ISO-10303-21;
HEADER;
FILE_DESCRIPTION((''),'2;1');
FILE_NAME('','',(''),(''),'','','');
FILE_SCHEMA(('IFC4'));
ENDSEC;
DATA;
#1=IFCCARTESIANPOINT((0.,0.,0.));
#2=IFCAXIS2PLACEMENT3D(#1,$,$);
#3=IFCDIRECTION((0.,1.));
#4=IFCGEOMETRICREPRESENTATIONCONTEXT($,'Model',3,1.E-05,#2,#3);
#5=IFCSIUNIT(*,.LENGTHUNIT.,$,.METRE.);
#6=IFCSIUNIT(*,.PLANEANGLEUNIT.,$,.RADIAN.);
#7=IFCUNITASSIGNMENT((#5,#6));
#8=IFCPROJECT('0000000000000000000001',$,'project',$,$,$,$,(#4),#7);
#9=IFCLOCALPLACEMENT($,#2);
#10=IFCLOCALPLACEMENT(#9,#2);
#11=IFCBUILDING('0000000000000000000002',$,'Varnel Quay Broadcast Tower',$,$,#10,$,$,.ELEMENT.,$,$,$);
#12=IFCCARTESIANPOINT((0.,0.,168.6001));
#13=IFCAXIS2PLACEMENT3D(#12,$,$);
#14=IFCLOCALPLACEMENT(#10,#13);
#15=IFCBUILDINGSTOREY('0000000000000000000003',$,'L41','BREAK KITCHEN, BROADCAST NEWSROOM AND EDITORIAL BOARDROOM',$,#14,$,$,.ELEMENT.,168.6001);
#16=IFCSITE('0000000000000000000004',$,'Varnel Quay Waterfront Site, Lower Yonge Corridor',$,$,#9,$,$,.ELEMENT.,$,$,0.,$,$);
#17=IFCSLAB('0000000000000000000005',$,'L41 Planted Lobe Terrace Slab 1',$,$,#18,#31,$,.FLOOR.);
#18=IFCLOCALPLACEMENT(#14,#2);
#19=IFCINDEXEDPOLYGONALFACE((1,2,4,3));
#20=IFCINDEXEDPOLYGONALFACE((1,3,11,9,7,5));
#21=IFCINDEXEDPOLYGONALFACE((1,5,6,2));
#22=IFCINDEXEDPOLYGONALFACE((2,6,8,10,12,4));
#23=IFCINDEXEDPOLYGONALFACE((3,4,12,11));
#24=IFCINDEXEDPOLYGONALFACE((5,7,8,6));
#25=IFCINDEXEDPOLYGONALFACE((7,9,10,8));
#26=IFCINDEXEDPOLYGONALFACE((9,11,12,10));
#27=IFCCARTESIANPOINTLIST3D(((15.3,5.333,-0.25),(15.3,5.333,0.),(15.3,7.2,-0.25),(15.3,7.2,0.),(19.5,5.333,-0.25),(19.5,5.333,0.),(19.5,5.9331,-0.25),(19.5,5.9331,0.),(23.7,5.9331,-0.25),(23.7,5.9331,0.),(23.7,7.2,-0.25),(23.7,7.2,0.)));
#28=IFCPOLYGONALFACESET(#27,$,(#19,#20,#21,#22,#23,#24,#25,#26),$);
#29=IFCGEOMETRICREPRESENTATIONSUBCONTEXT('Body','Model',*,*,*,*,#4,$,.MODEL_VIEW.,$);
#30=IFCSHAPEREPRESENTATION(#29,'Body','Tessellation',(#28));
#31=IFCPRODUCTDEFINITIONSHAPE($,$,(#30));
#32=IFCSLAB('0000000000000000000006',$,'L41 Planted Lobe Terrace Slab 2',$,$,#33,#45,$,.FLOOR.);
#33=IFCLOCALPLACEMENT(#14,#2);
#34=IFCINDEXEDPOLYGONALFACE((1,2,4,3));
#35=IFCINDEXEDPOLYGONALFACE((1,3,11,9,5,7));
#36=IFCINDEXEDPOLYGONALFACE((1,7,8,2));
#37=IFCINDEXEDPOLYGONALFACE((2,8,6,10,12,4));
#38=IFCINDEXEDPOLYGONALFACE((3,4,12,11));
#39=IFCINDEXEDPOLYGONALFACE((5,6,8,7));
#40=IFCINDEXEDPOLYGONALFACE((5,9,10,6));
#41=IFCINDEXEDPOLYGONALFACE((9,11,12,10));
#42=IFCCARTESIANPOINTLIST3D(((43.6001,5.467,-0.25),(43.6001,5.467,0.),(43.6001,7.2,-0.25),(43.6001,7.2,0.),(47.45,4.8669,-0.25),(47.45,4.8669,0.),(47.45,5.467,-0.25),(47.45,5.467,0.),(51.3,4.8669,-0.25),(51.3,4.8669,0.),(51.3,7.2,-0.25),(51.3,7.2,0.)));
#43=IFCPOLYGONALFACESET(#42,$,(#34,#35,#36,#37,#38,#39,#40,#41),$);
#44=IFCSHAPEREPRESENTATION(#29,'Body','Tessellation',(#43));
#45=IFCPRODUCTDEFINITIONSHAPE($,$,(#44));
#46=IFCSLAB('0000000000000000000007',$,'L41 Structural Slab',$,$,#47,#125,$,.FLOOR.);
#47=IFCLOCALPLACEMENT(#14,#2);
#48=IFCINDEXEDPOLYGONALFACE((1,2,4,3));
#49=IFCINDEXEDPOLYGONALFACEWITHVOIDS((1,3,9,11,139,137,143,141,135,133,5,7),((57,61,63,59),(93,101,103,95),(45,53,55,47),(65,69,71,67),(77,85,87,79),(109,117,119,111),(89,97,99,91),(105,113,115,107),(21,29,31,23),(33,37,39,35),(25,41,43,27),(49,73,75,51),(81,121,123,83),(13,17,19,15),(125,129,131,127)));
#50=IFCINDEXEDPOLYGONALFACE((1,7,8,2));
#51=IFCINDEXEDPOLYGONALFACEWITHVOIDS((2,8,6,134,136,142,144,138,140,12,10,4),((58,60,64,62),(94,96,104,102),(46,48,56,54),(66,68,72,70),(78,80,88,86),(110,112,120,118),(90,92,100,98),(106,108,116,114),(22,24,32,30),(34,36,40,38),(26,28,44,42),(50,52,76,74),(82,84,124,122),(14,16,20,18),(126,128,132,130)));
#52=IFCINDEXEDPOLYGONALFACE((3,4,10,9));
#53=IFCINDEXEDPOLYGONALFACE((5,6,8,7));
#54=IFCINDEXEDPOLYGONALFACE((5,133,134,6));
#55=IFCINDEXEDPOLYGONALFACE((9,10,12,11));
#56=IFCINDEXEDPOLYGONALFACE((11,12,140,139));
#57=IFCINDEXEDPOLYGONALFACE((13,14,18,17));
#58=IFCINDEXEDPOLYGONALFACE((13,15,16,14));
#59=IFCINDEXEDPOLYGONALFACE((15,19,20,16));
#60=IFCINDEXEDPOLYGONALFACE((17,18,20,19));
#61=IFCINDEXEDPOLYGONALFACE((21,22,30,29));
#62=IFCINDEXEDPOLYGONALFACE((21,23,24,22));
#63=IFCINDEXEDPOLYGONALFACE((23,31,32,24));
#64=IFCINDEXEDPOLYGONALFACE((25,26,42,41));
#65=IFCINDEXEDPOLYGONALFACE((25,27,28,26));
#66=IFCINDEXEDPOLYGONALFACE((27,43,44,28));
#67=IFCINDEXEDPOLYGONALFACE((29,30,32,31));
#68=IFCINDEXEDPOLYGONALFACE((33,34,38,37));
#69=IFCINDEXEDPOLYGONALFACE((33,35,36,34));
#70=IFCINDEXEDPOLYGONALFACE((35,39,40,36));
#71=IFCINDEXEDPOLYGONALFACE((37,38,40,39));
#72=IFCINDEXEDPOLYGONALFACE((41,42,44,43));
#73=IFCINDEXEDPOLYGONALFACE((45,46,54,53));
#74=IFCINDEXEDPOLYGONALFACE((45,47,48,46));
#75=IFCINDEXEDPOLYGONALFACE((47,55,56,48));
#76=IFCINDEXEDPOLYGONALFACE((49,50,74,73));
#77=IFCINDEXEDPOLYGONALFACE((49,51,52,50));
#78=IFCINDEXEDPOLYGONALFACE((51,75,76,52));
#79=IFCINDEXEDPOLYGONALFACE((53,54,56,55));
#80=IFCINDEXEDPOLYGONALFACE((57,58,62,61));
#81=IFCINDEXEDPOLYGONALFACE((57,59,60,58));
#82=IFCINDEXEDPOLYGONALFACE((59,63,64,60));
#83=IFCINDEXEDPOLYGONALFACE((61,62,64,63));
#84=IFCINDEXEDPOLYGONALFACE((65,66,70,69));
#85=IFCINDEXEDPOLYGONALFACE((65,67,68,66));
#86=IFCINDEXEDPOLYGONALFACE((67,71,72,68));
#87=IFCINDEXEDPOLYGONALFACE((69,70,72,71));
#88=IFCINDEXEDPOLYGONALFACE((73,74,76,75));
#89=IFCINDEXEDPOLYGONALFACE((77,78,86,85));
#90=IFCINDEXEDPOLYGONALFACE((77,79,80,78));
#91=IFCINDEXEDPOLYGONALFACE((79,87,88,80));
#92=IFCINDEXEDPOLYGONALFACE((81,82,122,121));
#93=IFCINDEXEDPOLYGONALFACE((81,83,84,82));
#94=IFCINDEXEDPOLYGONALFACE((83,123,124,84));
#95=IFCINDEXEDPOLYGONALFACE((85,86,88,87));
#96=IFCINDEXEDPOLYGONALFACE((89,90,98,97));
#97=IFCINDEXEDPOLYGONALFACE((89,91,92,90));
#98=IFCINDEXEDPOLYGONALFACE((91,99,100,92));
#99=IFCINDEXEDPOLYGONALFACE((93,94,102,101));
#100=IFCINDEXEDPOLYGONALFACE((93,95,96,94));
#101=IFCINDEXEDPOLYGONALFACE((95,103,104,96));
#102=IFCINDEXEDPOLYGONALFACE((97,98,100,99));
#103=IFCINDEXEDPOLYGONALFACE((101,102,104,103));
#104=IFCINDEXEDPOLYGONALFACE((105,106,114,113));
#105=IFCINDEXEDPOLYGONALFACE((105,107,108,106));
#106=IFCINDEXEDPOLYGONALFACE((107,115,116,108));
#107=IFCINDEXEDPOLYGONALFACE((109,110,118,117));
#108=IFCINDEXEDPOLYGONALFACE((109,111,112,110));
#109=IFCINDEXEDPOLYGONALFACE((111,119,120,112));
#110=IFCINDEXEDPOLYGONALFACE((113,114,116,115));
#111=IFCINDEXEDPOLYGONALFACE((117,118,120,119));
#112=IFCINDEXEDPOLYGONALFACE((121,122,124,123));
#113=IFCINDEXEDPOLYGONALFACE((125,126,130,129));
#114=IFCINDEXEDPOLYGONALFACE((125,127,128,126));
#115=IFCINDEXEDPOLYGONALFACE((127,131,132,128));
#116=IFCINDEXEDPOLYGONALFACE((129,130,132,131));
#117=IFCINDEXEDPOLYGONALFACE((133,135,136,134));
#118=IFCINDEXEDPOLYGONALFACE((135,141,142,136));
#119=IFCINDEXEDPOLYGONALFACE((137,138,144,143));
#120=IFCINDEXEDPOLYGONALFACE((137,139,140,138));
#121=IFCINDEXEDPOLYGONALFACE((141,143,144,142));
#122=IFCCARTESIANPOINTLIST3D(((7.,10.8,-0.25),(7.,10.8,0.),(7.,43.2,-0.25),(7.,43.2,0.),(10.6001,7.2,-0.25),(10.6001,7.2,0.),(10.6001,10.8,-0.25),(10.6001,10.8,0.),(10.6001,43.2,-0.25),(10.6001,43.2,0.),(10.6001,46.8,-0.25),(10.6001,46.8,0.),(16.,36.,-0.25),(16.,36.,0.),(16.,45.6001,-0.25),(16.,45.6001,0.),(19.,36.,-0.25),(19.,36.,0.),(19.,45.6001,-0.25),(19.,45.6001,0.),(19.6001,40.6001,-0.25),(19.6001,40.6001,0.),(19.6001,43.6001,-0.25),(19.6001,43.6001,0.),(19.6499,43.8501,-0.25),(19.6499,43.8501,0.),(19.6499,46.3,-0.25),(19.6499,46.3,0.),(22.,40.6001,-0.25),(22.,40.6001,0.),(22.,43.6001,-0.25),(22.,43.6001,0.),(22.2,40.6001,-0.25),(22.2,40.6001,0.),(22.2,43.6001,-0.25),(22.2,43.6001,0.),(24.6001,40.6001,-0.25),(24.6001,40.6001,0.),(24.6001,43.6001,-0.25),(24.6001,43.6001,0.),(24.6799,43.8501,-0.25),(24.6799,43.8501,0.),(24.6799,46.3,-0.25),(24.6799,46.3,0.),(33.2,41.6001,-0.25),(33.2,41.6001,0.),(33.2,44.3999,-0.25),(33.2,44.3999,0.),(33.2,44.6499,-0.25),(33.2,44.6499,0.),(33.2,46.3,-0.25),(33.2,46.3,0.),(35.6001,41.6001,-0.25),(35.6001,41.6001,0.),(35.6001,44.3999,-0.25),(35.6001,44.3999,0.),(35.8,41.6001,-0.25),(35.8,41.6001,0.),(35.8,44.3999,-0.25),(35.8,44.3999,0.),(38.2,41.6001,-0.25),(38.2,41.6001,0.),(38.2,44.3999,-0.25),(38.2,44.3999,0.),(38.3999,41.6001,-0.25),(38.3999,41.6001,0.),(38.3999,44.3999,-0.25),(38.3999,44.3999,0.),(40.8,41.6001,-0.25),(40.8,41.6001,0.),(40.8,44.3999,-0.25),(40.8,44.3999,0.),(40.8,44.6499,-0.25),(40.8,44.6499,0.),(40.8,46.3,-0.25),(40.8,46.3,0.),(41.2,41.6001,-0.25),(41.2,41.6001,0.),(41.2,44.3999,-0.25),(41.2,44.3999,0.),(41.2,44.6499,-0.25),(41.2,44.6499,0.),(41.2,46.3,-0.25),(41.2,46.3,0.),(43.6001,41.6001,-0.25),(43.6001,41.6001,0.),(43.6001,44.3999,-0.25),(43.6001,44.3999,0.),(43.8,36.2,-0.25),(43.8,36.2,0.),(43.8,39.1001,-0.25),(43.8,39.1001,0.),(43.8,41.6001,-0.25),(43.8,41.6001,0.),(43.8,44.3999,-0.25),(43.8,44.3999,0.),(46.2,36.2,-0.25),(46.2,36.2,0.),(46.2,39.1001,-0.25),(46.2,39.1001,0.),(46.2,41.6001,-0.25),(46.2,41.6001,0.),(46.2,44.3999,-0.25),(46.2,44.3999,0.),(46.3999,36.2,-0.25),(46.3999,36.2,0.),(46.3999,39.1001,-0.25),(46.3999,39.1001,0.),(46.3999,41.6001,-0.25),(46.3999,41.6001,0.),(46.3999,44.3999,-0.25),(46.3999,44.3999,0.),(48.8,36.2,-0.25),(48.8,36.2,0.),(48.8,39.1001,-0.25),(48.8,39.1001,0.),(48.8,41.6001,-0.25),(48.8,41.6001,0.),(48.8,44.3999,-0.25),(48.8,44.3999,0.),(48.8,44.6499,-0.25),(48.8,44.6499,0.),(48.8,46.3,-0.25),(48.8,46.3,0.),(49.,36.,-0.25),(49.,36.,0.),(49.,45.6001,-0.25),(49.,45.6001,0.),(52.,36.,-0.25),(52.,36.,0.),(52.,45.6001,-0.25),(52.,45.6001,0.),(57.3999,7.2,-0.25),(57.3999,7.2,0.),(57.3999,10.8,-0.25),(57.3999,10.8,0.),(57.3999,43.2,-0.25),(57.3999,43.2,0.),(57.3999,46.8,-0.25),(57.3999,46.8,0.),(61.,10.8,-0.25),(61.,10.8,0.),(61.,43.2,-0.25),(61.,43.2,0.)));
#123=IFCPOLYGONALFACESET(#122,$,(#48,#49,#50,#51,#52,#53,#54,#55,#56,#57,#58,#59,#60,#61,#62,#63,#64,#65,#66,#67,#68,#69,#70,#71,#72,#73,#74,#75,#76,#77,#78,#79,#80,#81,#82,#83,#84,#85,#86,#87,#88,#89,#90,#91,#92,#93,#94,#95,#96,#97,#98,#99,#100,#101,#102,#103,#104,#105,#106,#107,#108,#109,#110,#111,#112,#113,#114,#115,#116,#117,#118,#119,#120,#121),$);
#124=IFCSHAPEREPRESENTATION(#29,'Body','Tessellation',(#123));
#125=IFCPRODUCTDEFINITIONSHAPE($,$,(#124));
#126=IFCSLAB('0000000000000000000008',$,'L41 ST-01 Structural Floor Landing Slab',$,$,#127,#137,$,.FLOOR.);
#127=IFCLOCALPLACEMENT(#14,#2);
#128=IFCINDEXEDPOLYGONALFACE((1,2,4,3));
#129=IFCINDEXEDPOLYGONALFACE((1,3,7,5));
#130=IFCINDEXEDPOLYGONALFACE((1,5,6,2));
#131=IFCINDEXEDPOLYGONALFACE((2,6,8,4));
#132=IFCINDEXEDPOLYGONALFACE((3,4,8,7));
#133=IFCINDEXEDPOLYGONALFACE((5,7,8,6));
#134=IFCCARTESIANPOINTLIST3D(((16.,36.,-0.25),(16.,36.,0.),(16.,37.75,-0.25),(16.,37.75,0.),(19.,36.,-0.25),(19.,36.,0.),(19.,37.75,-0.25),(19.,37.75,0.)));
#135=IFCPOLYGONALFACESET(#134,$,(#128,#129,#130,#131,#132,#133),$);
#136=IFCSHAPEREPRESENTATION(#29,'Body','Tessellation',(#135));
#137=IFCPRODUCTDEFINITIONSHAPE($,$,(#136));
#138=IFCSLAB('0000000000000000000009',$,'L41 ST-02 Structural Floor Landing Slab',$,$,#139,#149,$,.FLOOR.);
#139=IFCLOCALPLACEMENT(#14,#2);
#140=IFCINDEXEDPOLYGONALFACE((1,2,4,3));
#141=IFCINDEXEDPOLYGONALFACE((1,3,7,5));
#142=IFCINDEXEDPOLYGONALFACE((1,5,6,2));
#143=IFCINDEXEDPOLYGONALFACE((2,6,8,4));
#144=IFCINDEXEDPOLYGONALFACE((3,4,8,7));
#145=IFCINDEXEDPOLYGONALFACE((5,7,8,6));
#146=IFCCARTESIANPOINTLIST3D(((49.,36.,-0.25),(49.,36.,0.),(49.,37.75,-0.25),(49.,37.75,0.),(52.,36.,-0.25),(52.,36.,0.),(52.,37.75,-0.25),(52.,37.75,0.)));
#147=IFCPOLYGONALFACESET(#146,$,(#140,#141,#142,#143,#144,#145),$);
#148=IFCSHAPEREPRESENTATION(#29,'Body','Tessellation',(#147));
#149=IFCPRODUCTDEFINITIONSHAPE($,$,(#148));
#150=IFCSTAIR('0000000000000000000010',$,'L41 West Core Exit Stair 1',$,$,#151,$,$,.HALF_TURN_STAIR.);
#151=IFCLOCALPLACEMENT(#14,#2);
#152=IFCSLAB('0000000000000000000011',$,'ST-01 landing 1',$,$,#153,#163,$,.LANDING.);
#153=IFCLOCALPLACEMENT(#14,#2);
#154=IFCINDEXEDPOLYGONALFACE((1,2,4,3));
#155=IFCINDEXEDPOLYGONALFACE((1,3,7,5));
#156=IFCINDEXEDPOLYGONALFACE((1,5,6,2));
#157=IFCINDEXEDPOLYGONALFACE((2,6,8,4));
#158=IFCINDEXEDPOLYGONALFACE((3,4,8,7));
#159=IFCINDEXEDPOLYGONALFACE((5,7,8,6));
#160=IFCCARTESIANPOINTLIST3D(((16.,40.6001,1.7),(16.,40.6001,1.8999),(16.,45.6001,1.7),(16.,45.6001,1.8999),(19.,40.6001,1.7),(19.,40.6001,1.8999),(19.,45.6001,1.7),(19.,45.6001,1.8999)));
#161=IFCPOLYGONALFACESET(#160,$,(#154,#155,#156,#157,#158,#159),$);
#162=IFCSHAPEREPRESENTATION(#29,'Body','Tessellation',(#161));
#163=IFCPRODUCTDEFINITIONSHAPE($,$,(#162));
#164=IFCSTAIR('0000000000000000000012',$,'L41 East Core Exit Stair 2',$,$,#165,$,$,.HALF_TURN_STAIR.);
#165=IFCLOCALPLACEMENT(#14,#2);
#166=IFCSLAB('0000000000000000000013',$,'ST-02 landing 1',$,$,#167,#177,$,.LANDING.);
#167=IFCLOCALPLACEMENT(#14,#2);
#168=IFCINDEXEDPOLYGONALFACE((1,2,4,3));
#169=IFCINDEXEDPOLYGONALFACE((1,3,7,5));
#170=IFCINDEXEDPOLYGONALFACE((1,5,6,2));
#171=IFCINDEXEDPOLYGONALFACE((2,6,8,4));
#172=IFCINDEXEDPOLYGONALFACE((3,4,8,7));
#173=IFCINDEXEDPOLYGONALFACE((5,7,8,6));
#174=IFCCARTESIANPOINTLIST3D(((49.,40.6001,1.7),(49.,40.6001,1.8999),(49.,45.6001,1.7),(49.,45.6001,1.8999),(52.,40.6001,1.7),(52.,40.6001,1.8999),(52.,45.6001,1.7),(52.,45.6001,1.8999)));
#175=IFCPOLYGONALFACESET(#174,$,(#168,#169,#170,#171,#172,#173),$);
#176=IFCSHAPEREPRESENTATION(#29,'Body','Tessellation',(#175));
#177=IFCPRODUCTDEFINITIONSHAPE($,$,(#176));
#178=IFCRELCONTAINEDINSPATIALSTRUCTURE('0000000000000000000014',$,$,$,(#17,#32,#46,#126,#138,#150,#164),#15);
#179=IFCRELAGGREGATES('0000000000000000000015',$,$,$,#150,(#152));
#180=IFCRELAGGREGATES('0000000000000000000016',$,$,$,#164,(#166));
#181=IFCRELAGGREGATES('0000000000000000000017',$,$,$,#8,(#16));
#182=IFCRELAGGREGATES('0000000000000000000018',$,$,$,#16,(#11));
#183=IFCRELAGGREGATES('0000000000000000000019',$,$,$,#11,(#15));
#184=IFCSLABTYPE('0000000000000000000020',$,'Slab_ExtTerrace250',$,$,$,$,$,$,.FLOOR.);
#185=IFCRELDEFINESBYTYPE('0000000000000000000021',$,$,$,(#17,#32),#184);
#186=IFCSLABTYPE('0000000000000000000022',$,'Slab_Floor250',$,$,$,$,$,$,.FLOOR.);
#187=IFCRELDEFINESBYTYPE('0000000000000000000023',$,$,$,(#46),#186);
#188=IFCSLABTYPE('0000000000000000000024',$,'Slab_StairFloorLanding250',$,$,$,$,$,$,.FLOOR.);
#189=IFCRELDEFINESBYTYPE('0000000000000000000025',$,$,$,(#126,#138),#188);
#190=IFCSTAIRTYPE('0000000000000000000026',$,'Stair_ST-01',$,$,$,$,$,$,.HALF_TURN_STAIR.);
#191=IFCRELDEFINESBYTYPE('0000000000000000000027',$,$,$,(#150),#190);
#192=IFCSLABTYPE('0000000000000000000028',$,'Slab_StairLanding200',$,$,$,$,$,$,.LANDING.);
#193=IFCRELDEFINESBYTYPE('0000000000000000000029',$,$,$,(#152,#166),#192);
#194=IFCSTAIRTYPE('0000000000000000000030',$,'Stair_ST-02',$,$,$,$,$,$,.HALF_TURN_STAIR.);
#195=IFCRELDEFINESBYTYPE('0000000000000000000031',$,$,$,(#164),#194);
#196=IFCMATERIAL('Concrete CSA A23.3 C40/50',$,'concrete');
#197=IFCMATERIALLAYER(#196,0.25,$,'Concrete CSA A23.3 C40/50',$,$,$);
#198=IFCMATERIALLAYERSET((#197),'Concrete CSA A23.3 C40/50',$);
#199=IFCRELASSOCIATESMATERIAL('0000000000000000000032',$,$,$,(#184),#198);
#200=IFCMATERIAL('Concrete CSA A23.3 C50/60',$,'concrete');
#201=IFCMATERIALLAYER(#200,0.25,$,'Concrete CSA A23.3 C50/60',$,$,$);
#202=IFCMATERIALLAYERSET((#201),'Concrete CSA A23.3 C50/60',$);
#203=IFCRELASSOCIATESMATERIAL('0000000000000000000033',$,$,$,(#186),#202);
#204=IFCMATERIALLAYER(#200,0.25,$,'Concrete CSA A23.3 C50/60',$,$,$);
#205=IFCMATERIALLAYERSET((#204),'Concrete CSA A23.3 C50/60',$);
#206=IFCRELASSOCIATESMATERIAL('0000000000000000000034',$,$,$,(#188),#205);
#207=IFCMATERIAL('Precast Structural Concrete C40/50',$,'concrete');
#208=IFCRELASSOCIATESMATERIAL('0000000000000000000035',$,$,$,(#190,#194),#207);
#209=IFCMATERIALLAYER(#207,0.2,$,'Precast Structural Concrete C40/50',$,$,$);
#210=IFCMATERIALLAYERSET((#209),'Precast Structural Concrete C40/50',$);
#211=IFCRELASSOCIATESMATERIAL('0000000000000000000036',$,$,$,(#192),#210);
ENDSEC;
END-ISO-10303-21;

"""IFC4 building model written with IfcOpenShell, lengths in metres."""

from ifc_helpers import new_model, si_unit, direction, frame, origin, place, context, subcontext, project, spatial, polyline, outline, extrude, material, layer, layer_set, type_object, element, aggregate, save


model = new_model("IFC4")

# Units and contexts
model_context = context("Model", 3, precision=1e-05, world=origin(), true_north=direction((0.0, 1.0)))
body_context = subcontext(model_context, "Body", "Model", "MODEL_VIEW")
ifc_project = project(units=[si_unit("LENGTHUNIT", "METRE"), si_unit("PLANEANGLEUNIT", "RADIAN")], contexts=[model_context])

# Site, building, storey
site_placement = place(None, origin())
site = spatial("IfcSite", under=ifc_project, at=site_placement, Name="Varnel Quay Waterfront Site, Lower Yonge Corridor", CompositionType="ELEMENT", RefElevation=0.0)
building_placement = place(site_placement, origin())
building = spatial("IfcBuilding", under=site, at=building_placement, Name="Varnel Quay Broadcast Tower", CompositionType="ELEMENT")
storey_placement = place(building_placement, frame((0.0, 0.0, 168.6001)))
storey = spatial("IfcBuildingStorey", under=building, at=storey_placement, Name="L41", Description="BREAK KITCHEN, BROADCAST NEWSROOM AND EDITORIAL BOARDROOM", CompositionType="ELEMENT", Elevation=168.6001)

# Slabs
ifc_material_1 = material(Name="Concrete CSA A23.3 C40/50", Category="concrete")
ifc_layer_1 = layer(ifc_material_1, 0.25, Name="Concrete CSA A23.3 C40/50")
ifc_layer_set_1 = layer_set([ifc_layer_1], Name="Concrete CSA A23.3 C40/50")
slab_type_1 = type_object("IfcSlabType", Name="Slab_ExtTerrace250", PredefinedType="FLOOR", material=ifc_layer_set_1)
slab_1_placement = place(storey_placement, frame((0.0, 0.0, -0.25)))
element("IfcSlab", 1, at=slab_1_placement, inside=storey, type_object=slab_type_1, Name="L41 Planted Lobe Terrace Slab 1", PredefinedType="FLOOR", context=body_context, shape_type="SweptSolid", body=[
    extrude(outline(polyline([(15.3, 5.333), (19.5, 5.333), (19.5, 5.9331), (23.7, 5.9331), (23.7, 7.2), (15.3, 7.2), (15.3, 5.333)])), origin(), (0.0, 0.0, 1.0), 0.25),
])
slab_2_placement = place(storey_placement, frame((0.0, 0.0, -0.25)))
element("IfcSlab", 2, at=slab_2_placement, inside=storey, type_object=slab_type_1, Name="L41 Planted Lobe Terrace Slab 2", PredefinedType="FLOOR", context=body_context, shape_type="SweptSolid", body=[
    extrude(outline(polyline([(43.6001, 5.467), (47.45, 5.467), (47.45, 4.8669), (51.3, 4.8669), (51.3, 7.2), (43.6001, 7.2), (43.6001, 5.467)])), origin(), (0.0, 0.0, 1.0), 0.25),
])
ifc_material_2 = material(Name="Concrete CSA A23.3 C50/60", Category="concrete")
ifc_layer_2 = layer(ifc_material_2, 0.25, Name="Concrete CSA A23.3 C50/60")
ifc_layer_set_2 = layer_set([ifc_layer_2], Name="Concrete CSA A23.3 C50/60")
slab_type_2 = type_object("IfcSlabType", Name="Slab_Floor250", PredefinedType="FLOOR", material=ifc_layer_set_2)
slab_3_placement = place(storey_placement, frame((0.0, 0.0, -0.25)))
element("IfcSlab", 3, at=slab_3_placement, inside=storey, type_object=slab_type_2, Name="L41 Structural Slab", PredefinedType="FLOOR", context=body_context, shape_type="SweptSolid", body=[
    extrude(outline(polyline([(10.6001, 7.2), (57.3999, 7.2), (57.3999, 10.8), (61.0, 10.8), (61.0, 43.2), (57.3999, 43.2), (57.3999, 46.8), (10.6001, 46.8), (10.6001, 43.2), (7.0, 43.2), (7.0, 10.8), (10.6001, 10.8), (10.6001, 7.2)]), holes=[polyline([(19.0, 36.0), (16.0, 36.0), (16.0, 45.6001), (19.0, 45.6001), (19.0, 36.0)]), polyline([(19.6001, 43.6001), (22.0, 43.6001), (22.0, 40.6001), (19.6001, 40.6001), (19.6001, 43.6001)]), polyline([(22.2, 43.6001), (24.6001, 43.6001), (24.6001, 40.6001), (22.2, 40.6001), (22.2, 43.6001)]), polyline([(33.2, 44.3999), (35.6001, 44.3999), (35.6001, 41.6001), (33.2, 41.6001), (33.2, 44.3999)]), polyline([(35.8, 44.3999), (38.2, 44.3999), (38.2, 41.6001), (35.8, 41.6001), (35.8, 44.3999)]), polyline([(38.3999, 44.3999), (40.8, 44.3999), (40.8, 41.6001), (38.3999, 41.6001), (38.3999, 44.3999)]), polyline([(19.6499, 46.3), (24.6799, 46.3), (24.6799, 43.8501), (19.6499, 43.8501), (19.6499, 46.3)]), polyline([(33.2, 46.3), (40.8, 46.3), (40.8, 44.6499), (33.2, 44.6499), (33.2, 46.3)]), polyline([(43.8, 39.1001), (46.2, 39.1001), (46.2, 36.2), (43.8, 36.2), (43.8, 39.1001)]), polyline([(46.3999, 39.1001), (48.8, 39.1001), (48.8, 36.2), (46.3999, 36.2), (46.3999, 39.1001)]), polyline([(49.0, 36.0), (49.0, 45.6001), (52.0, 45.6001), (52.0, 36.0), (49.0, 36.0)]), polyline([(41.2, 44.3999), (43.6001, 44.3999), (43.6001, 41.6001), (41.2, 41.6001), (41.2, 44.3999)]), polyline([(43.8, 44.3999), (46.2, 44.3999), (46.2, 41.6001), (43.8, 41.6001), (43.8, 44.3999)]), polyline([(46.3999, 44.3999), (48.8, 44.3999), (48.8, 41.6001), (46.3999, 41.6001), (46.3999, 44.3999)]), polyline([(41.2, 46.3), (48.8, 46.3), (48.8, 44.6499), (41.2, 44.6499), (41.2, 46.3)])]), origin(), (0.0, 0.0, 1.0), 0.25),
])
ifc_layer_3 = layer(ifc_material_2, 0.25, Name="Concrete CSA A23.3 C50/60")
ifc_layer_set_3 = layer_set([ifc_layer_3], Name="Concrete CSA A23.3 C50/60")
slab_type_3 = type_object("IfcSlabType", Name="Slab_StairFloorLanding250", PredefinedType="FLOOR", material=ifc_layer_set_3)
slab_4_placement = place(storey_placement, frame((0.0, 0.0, -0.25)))
element("IfcSlab", 4, at=slab_4_placement, inside=storey, type_object=slab_type_3, Name="L41 ST-01 Structural Floor Landing Slab", PredefinedType="FLOOR", context=body_context, shape_type="SweptSolid", body=[
    extrude(outline(polyline([(19.0, 36.0), (19.0, 37.75), (16.0, 37.75), (16.0, 36.0), (19.0, 36.0)])), origin(), (0.0, 0.0, 1.0), 0.25),
])
slab_5_placement = place(storey_placement, frame((0.0, 0.0, -0.25)))
element("IfcSlab", 5, at=slab_5_placement, inside=storey, type_object=slab_type_3, Name="L41 ST-02 Structural Floor Landing Slab", PredefinedType="FLOOR", context=body_context, shape_type="SweptSolid", body=[
    extrude(outline(polyline([(52.0, 36.0), (52.0, 37.75), (49.0, 37.75), (49.0, 36.0), (52.0, 36.0)])), origin(), (0.0, 0.0, 1.0), 0.25),
])

# Stairs, slabs
ifc_material_3 = material(Name="Precast Structural Concrete C40/50", Category="concrete")
stair_type_1 = type_object("IfcStairType", Name="Stair_ST-01", PredefinedType="HALF_TURN_STAIR", material=ifc_material_3)
stair_1_placement = place(storey_placement, origin())
stair_1 = element("IfcStair", 6, at=stair_1_placement, inside=storey, type_object=stair_type_1, Name="L41 West Core Exit Stair 1", PredefinedType="HALF_TURN_STAIR")
ifc_layer_4 = layer(ifc_material_3, 0.2, Name="Precast Structural Concrete C40/50")
ifc_layer_set_4 = layer_set([ifc_layer_4], Name="Precast Structural Concrete C40/50")
slab_type_4 = type_object("IfcSlabType", Name="Slab_StairLanding200", PredefinedType="LANDING", material=ifc_layer_set_4)
slab_6_placement = place(storey_placement, frame((0.0, 0.0, 1.7)))
slab_6 = element("IfcSlab", 7, at=slab_6_placement, type_object=slab_type_4, Name="ST-01 landing 1", PredefinedType="LANDING", context=body_context, shape_type="SweptSolid", body=[
    extrude(outline(polyline([(19.0, 40.6001), (19.0, 45.6001), (16.0, 45.6001), (16.0, 40.6001), (19.0, 40.6001)])), origin(), (0.0, 0.0, 1.0), 0.2),
])
aggregate(stair_1, [slab_6])
stair_type_2 = type_object("IfcStairType", Name="Stair_ST-02", PredefinedType="HALF_TURN_STAIR", material=ifc_material_3)
stair_2_placement = place(storey_placement, origin())
stair_2 = element("IfcStair", 8, at=stair_2_placement, inside=storey, type_object=stair_type_2, Name="L41 East Core Exit Stair 2", PredefinedType="HALF_TURN_STAIR")
slab_7_placement = place(storey_placement, frame((0.0, 0.0, 1.7)))
slab_7 = element("IfcSlab", 9, at=slab_7_placement, type_object=slab_type_4, Name="ST-02 landing 1", PredefinedType="LANDING", context=body_context, shape_type="SweptSolid", body=[
    extrude(outline(polyline([(52.0, 40.6001), (52.0, 45.6001), (49.0, 45.6001), (49.0, 40.6001), (52.0, 40.6001)])), origin(), (0.0, 0.0, 1.0), 0.2),
])
aggregate(stair_2, [slab_7])

save(model, "model.ifc")
